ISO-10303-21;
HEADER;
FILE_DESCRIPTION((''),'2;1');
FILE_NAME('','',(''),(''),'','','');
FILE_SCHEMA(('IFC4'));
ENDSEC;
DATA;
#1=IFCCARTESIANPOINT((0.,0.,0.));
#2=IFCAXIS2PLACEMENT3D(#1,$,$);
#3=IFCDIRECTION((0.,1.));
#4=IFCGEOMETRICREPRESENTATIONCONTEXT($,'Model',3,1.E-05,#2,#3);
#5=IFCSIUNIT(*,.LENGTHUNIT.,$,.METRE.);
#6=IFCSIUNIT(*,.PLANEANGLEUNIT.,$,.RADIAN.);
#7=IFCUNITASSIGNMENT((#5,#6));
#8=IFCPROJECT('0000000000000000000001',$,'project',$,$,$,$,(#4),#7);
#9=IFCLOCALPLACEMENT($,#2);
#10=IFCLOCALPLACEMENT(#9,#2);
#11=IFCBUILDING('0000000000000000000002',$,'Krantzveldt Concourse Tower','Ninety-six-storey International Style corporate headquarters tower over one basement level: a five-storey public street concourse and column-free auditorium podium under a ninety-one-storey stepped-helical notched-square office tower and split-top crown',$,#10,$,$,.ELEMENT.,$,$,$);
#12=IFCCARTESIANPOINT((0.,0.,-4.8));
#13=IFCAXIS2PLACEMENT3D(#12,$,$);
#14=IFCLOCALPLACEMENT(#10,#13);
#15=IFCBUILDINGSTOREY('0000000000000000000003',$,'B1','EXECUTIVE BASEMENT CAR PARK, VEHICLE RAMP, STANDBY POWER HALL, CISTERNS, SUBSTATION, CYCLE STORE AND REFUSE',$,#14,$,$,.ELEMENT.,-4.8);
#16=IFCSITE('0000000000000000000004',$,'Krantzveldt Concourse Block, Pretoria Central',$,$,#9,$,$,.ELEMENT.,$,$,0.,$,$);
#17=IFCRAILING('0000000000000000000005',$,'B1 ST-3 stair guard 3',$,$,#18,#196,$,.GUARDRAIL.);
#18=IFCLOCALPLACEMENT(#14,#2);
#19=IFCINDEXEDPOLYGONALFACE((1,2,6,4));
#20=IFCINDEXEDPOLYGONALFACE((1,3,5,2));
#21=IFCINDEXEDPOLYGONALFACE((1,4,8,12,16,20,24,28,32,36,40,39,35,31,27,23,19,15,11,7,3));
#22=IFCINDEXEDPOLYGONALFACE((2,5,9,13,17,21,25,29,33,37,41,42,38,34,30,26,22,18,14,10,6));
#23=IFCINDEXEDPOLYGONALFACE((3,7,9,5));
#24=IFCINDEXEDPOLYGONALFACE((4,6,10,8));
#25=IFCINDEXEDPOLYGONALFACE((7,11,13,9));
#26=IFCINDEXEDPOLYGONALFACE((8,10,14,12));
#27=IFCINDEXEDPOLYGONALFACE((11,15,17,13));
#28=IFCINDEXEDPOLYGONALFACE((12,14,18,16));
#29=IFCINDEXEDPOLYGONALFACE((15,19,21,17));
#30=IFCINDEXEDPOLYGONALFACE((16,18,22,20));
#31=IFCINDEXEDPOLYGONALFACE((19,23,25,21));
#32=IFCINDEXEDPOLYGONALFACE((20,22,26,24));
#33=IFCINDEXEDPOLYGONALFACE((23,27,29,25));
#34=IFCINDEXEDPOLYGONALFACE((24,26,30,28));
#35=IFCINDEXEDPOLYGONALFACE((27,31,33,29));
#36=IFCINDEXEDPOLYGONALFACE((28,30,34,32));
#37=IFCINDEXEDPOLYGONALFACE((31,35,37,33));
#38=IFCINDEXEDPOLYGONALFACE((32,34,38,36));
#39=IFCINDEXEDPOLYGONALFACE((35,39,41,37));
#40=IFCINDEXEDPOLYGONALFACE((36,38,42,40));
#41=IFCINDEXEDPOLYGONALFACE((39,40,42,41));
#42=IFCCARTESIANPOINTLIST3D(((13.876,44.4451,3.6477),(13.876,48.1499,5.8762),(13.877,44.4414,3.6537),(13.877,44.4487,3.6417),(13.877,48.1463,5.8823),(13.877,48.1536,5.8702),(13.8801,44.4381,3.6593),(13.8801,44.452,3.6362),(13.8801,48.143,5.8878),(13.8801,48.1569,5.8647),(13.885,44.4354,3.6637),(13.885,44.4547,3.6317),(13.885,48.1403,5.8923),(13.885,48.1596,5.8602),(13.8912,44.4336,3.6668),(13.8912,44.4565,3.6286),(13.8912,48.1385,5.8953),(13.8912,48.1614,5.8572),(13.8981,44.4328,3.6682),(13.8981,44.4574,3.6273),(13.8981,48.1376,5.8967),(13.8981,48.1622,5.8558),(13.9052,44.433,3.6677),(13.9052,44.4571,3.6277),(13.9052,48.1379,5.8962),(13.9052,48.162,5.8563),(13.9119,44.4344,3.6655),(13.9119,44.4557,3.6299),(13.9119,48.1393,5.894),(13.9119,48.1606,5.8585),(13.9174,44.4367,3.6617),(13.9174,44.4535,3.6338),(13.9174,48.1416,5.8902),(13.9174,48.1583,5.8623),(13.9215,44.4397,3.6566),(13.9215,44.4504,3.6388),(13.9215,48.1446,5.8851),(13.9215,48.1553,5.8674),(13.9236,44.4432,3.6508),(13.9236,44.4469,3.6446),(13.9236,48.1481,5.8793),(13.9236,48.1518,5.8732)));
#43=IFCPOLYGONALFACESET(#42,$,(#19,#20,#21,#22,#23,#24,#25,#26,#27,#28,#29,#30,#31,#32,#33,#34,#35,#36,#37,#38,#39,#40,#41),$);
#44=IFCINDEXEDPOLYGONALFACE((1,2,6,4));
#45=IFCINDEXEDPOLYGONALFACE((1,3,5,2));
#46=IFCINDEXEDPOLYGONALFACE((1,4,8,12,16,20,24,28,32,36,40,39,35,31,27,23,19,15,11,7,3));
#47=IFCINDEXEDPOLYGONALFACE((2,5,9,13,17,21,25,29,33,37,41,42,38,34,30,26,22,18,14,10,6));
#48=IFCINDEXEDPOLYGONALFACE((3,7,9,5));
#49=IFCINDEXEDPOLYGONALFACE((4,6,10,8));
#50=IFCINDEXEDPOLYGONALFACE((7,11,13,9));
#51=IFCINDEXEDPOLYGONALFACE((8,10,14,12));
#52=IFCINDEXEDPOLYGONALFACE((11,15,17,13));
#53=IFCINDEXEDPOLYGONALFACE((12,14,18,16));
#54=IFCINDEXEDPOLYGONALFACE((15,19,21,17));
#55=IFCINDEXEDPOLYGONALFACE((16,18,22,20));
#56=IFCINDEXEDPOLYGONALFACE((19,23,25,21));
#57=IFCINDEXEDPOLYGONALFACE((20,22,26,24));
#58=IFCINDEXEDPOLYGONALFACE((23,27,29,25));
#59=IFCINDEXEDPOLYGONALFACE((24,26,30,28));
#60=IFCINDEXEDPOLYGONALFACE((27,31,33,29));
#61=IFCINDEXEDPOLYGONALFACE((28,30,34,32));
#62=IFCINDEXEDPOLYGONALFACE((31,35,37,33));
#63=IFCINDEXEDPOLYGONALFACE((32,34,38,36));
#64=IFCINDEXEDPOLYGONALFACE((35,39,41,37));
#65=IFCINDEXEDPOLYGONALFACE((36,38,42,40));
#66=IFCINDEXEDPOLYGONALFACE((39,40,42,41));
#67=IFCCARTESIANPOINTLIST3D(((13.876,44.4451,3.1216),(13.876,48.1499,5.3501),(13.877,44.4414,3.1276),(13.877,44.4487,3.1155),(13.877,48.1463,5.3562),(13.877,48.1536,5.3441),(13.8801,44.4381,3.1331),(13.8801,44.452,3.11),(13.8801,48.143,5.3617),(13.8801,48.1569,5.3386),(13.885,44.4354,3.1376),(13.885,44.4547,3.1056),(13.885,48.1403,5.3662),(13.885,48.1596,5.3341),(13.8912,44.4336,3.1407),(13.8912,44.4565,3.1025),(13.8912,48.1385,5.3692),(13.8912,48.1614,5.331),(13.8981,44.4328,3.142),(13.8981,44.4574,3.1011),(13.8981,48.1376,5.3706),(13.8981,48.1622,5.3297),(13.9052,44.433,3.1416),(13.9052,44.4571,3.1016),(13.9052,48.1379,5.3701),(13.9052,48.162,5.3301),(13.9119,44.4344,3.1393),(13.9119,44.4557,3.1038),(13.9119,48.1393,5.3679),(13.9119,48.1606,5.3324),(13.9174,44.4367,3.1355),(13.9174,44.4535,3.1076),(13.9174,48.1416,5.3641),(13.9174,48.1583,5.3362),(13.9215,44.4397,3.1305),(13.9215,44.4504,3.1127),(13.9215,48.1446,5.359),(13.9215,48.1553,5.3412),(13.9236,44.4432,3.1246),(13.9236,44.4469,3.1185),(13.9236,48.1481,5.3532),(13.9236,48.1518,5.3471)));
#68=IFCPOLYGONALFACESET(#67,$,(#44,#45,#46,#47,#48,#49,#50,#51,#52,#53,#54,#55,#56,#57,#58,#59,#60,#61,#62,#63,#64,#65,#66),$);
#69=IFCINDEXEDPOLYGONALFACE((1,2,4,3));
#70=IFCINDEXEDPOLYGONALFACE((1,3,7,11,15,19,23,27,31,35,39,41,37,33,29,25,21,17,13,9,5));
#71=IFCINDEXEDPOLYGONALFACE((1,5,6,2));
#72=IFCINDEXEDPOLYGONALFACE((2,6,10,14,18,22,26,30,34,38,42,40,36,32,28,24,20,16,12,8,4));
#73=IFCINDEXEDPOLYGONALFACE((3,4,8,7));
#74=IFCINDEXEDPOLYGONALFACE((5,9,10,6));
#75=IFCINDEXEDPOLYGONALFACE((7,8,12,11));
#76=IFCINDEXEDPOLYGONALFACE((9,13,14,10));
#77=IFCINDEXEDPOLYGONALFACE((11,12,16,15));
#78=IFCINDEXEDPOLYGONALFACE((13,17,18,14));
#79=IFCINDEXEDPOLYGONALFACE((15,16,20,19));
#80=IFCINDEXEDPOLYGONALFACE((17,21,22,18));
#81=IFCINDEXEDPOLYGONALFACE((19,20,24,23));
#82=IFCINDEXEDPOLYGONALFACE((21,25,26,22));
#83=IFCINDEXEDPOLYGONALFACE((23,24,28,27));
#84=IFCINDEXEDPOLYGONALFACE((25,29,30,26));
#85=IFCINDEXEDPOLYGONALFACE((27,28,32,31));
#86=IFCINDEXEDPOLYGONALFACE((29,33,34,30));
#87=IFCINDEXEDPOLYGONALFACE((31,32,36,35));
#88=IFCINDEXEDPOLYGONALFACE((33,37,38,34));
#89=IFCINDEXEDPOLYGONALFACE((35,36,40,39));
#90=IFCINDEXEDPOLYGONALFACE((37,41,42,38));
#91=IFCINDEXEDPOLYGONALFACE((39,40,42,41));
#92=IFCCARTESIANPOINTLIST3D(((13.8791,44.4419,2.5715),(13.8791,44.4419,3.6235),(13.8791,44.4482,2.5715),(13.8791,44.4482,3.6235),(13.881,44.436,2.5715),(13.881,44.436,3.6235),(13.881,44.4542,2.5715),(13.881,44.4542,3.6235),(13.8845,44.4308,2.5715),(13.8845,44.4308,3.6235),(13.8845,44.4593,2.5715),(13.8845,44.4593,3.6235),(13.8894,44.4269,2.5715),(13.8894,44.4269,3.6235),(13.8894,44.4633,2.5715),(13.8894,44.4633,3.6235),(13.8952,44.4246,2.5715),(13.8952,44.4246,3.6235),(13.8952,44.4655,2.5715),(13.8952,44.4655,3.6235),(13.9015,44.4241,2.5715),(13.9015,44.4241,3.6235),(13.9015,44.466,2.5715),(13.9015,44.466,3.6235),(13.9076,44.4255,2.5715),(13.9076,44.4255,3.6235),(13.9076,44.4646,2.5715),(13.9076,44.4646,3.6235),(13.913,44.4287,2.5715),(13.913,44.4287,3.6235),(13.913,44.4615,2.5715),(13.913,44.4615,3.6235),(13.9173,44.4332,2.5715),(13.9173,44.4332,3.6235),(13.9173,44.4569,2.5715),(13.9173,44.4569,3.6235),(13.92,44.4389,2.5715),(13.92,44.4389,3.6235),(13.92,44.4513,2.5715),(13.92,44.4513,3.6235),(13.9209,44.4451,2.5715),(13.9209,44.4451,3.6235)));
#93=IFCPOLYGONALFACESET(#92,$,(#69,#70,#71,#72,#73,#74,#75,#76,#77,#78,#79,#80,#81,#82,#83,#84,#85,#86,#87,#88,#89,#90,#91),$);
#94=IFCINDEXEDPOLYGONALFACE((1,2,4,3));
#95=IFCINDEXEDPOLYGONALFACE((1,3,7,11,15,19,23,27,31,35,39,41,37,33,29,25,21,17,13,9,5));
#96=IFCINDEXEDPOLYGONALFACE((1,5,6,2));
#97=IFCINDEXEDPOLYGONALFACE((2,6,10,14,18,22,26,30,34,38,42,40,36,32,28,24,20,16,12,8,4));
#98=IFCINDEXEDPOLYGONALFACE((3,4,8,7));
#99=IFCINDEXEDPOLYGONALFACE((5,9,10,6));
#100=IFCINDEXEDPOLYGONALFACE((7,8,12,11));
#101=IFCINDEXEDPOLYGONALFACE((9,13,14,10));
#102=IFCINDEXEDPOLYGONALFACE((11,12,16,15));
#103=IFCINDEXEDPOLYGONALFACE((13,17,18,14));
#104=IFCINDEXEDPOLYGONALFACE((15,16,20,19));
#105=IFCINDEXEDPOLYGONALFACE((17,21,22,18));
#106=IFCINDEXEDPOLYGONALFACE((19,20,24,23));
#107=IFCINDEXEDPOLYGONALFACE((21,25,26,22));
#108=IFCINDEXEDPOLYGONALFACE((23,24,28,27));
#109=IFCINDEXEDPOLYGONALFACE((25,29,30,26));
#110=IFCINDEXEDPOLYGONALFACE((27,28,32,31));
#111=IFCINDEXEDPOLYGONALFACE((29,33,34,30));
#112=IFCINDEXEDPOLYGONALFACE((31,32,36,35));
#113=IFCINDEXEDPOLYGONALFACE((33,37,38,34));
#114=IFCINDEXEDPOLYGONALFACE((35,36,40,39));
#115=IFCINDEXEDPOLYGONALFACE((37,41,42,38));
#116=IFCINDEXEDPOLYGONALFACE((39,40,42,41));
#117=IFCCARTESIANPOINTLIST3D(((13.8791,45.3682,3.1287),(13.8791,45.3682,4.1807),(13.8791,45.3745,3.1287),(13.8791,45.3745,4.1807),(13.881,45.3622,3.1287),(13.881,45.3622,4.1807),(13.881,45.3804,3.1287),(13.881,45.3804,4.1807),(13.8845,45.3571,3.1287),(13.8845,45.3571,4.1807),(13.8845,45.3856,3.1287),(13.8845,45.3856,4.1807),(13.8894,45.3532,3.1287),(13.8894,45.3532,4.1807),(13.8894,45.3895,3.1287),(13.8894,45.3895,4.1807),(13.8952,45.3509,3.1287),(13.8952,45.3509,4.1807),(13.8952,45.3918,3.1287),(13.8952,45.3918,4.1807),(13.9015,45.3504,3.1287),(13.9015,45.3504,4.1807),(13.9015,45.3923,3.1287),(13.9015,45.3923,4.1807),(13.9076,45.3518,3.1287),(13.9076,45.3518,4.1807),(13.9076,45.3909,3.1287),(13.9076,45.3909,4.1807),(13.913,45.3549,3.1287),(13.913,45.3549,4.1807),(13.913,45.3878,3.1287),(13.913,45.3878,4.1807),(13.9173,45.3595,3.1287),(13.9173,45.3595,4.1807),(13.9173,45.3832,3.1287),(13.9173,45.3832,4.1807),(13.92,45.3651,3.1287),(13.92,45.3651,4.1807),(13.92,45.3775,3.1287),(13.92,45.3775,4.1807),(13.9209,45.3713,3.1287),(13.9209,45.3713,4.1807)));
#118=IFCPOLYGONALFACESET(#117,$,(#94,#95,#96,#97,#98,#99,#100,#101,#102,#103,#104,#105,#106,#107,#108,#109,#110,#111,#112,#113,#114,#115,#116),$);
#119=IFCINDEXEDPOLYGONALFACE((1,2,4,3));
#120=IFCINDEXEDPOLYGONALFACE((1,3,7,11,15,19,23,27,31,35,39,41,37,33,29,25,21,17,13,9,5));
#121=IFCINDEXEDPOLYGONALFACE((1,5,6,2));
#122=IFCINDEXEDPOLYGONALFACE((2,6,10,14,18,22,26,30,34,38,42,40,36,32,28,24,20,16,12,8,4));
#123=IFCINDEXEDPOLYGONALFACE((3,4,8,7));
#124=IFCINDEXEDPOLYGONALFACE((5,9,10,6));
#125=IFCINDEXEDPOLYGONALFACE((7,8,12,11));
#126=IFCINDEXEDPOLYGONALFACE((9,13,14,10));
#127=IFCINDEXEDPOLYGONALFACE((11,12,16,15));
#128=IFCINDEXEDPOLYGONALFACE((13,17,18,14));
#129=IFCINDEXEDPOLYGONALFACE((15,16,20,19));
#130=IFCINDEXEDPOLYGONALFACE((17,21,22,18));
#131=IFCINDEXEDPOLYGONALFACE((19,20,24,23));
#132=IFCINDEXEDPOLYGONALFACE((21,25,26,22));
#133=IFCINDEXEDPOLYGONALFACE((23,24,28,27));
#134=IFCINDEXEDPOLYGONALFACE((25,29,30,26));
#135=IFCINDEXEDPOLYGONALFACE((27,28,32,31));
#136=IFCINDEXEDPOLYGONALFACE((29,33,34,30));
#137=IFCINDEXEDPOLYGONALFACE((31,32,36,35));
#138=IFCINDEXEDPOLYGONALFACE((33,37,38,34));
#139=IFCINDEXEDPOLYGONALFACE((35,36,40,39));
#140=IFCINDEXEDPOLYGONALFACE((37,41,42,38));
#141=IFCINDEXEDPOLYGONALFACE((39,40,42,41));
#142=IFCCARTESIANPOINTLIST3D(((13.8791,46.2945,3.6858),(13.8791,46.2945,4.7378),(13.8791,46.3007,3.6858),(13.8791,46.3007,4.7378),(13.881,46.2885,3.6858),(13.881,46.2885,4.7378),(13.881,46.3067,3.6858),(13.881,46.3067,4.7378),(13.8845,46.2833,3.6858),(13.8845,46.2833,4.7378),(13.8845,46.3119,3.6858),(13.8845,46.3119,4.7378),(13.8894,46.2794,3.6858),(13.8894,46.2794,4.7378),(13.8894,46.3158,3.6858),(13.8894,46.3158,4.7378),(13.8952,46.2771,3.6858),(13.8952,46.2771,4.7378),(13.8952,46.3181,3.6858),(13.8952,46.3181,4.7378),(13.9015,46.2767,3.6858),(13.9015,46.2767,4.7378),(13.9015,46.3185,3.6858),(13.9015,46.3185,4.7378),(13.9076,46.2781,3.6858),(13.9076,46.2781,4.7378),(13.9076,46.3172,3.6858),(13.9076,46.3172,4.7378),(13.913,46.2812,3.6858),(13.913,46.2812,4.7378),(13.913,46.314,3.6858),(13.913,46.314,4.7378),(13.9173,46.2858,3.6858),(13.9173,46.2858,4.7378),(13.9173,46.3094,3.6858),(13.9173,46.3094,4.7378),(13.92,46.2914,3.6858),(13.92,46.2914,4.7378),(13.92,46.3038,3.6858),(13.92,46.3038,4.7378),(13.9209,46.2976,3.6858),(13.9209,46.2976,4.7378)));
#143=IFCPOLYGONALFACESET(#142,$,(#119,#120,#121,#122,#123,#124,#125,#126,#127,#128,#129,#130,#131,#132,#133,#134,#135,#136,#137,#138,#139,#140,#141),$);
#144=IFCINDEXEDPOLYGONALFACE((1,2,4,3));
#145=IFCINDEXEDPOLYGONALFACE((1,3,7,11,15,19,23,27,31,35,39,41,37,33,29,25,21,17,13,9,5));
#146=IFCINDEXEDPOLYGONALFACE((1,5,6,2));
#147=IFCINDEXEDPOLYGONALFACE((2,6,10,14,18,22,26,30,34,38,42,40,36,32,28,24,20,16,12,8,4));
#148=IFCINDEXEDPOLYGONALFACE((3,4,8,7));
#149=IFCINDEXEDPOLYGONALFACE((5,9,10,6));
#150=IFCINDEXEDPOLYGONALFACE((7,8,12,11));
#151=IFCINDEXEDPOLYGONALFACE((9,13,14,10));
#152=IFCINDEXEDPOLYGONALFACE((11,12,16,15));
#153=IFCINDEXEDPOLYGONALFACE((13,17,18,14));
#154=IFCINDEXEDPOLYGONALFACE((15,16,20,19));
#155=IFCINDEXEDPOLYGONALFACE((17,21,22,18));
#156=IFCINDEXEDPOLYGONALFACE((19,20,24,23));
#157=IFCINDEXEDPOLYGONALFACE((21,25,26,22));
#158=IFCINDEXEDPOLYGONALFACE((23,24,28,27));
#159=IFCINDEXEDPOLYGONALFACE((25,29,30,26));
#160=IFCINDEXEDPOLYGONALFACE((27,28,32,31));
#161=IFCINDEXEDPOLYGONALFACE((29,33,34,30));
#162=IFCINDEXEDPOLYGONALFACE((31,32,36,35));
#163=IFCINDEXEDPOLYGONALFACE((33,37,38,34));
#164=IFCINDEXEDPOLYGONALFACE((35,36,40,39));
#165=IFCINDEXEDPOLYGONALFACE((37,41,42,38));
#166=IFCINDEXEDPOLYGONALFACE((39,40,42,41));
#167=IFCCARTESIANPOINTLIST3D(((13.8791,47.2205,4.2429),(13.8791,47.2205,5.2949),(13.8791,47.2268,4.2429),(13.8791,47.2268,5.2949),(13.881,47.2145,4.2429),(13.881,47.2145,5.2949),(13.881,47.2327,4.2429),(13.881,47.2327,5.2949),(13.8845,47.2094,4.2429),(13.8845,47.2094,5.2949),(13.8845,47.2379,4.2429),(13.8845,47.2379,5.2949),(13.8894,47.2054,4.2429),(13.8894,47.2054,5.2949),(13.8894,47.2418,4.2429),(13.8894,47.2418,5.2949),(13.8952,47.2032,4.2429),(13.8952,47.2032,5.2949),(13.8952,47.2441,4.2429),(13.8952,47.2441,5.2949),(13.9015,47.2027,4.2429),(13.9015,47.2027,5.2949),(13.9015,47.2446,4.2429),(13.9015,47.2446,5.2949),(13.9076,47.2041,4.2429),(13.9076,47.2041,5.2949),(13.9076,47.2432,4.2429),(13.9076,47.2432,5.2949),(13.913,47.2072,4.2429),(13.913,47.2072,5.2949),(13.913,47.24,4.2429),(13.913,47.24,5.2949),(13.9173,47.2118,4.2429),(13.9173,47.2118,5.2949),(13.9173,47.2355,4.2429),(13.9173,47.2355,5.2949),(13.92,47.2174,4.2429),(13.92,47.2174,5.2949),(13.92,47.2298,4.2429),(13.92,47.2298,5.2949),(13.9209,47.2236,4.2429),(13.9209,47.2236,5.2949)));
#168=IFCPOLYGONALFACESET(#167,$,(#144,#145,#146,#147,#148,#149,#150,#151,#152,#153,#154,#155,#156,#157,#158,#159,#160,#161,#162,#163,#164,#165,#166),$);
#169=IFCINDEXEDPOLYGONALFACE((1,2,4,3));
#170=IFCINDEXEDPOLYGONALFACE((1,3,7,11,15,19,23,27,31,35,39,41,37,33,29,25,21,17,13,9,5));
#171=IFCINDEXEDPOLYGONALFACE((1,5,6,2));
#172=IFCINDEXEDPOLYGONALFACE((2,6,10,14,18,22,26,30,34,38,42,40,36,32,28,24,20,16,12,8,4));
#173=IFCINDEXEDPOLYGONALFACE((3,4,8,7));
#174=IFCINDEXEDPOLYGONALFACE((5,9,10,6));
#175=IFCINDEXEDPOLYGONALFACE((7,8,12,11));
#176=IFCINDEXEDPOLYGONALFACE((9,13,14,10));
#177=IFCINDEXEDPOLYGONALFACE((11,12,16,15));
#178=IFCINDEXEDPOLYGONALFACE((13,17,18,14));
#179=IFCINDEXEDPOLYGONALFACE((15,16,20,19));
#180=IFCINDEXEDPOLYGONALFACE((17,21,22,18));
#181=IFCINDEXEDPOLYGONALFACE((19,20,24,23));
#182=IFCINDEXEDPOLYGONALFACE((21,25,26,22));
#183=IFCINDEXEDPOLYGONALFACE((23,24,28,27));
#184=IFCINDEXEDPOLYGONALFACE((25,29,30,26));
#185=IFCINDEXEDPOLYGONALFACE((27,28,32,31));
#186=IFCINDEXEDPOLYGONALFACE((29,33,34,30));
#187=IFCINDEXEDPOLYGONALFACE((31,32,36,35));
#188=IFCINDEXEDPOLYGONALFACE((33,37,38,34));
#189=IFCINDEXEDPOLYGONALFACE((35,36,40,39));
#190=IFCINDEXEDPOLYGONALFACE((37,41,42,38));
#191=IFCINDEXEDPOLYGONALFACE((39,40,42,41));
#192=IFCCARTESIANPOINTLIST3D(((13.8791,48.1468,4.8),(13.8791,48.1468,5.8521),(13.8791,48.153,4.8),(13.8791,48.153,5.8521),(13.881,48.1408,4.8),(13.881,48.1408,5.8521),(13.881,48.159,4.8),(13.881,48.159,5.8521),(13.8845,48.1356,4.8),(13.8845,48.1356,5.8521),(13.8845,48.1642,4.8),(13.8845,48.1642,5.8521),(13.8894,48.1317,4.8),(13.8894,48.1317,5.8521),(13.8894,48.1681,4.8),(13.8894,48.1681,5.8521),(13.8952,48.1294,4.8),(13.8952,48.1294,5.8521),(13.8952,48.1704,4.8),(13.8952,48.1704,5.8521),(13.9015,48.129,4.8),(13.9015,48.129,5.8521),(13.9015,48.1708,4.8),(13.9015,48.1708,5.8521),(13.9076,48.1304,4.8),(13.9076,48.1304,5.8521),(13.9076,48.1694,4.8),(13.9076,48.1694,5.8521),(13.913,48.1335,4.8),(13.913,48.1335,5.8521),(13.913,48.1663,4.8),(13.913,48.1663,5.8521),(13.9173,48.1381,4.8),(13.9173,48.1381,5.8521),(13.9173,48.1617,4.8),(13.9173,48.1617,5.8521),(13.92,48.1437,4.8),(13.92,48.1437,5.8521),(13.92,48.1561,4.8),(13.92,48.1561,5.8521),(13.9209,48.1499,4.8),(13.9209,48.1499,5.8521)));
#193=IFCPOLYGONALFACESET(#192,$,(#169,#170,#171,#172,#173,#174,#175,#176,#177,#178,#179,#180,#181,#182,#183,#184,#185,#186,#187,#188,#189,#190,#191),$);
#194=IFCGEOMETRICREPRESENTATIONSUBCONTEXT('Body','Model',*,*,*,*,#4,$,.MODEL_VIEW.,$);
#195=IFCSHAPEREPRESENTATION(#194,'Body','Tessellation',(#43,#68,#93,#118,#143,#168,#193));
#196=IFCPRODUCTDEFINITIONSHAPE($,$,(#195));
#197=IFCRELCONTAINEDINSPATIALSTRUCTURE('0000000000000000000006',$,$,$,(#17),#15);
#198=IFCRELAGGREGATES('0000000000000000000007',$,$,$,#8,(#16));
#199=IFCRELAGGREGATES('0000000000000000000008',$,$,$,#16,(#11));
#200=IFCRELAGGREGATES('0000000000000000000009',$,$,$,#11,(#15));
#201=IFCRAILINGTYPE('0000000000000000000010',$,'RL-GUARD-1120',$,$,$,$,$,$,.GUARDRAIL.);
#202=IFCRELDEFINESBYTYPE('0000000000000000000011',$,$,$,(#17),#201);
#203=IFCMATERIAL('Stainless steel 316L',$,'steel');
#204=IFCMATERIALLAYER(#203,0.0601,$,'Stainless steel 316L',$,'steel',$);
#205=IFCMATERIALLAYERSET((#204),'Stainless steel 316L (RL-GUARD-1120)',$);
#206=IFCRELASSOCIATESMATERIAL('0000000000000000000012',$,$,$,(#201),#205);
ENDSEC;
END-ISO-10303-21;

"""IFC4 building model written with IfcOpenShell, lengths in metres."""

from ifc_helpers import new_model, si_unit, direction, frame, origin, origin_2d, place, context, subcontext, project, spatial, circle, extrude, material, layer, layer_set, type_object, element, save


model = new_model("IFC4")

# Units and contexts
model_context = context("Model", 3, precision=1e-05, world=origin(), true_north=direction((0.0, 1.0)))
body_context = subcontext(model_context, "Body", "Model", "MODEL_VIEW")
ifc_project = project(units=[si_unit("LENGTHUNIT", "METRE"), si_unit("PLANEANGLEUNIT", "RADIAN")], contexts=[model_context])

# Site, building, storey
site_placement = place(None, origin())
site = spatial("IfcSite", under=ifc_project, at=site_placement, Name="Krantzveldt Concourse Block, Pretoria Central", CompositionType="ELEMENT", RefElevation=0.0)
building_placement = place(site_placement, origin())
building = spatial("IfcBuilding", under=site, at=building_placement, Name="Krantzveldt Concourse Tower", Description="Ninety-six-storey International Style corporate headquarters tower over one basement level: a five-storey public street concourse and column-free auditorium podium under a ninety-one-storey stepped-helical notched-square office tower and split-top crown", CompositionType="ELEMENT")
storey_placement = place(building_placement, frame((0.0, 0.0, -4.8)))
storey = spatial("IfcBuildingStorey", under=building, at=storey_placement, Name="B1", Description="EXECUTIVE BASEMENT CAR PARK, VEHICLE RAMP, STANDBY POWER HALL, CISTERNS, SUBSTATION, CYCLE STORE AND REFUSE", CompositionType="ELEMENT", Elevation=-4.8)

# Railing
ifc_material_1 = material(Name="Stainless steel 316L", Category="steel")
ifc_layer_1 = layer(ifc_material_1, 0.0601, Name="Stainless steel 316L", Category="steel")
ifc_layer_set_1 = layer_set([ifc_layer_1], Name="Stainless steel 316L (RL-GUARD-1120)")
railing_type_1 = type_object("IfcRailingType", Name="RL-GUARD-1120", PredefinedType="GUARDRAIL", material=ifc_layer_set_1)
railing_1_placement = place(storey_placement, frame((13.8999, 44.4451, 2.5715)))
element("IfcRailing", 1, at=railing_1_placement, inside=storey, type_object=railing_type_1, Name="B1 ST-3 stair guard 3", PredefinedType="GUARDRAIL", context=body_context, shape_type="SweptSolid", body=[
    extrude(circle(Radius=0.0239, at=origin_2d()), frame((0.0, 0.0, 1.0762), z_axis=(0.0, 0.856919, 0.51545), x_axis=(-1.0, 0.0, 0.0)), (0.0, 0.0, 1.0), 4.3235),
    extrude(circle(Radius=0.0239, at=origin_2d()), frame((0.0, 0.0, 0.55), z_axis=(0.0, 0.856919, 0.51545), x_axis=(-1.0, 0.0, 0.0)), (0.0, 0.0, 1.0), 4.3235),
    extrude(circle(Radius=0.021, at=origin_2d()), origin(), (0.0, 0.0, 1.0), 1.052),
    extrude(circle(Radius=0.021, at=origin_2d()), frame((0.0, 0.9263, 0.5571)), (0.0, 0.0, 1.0), 1.052),
    extrude(circle(Radius=0.021, at=origin_2d()), frame((0.0, 1.8525, 1.1143)), (0.0, 0.0, 1.0), 1.052),
    extrude(circle(Radius=0.021, at=origin_2d()), frame((0.0, 2.7786, 1.6714)), (0.0, 0.0, 1.0), 1.052),
    extrude(circle(Radius=0.021, at=origin_2d()), frame((0.0, 3.7048, 2.2285)), (0.0, 0.0, 1.0), 1.052),
])

save(model, "model.ifc")
